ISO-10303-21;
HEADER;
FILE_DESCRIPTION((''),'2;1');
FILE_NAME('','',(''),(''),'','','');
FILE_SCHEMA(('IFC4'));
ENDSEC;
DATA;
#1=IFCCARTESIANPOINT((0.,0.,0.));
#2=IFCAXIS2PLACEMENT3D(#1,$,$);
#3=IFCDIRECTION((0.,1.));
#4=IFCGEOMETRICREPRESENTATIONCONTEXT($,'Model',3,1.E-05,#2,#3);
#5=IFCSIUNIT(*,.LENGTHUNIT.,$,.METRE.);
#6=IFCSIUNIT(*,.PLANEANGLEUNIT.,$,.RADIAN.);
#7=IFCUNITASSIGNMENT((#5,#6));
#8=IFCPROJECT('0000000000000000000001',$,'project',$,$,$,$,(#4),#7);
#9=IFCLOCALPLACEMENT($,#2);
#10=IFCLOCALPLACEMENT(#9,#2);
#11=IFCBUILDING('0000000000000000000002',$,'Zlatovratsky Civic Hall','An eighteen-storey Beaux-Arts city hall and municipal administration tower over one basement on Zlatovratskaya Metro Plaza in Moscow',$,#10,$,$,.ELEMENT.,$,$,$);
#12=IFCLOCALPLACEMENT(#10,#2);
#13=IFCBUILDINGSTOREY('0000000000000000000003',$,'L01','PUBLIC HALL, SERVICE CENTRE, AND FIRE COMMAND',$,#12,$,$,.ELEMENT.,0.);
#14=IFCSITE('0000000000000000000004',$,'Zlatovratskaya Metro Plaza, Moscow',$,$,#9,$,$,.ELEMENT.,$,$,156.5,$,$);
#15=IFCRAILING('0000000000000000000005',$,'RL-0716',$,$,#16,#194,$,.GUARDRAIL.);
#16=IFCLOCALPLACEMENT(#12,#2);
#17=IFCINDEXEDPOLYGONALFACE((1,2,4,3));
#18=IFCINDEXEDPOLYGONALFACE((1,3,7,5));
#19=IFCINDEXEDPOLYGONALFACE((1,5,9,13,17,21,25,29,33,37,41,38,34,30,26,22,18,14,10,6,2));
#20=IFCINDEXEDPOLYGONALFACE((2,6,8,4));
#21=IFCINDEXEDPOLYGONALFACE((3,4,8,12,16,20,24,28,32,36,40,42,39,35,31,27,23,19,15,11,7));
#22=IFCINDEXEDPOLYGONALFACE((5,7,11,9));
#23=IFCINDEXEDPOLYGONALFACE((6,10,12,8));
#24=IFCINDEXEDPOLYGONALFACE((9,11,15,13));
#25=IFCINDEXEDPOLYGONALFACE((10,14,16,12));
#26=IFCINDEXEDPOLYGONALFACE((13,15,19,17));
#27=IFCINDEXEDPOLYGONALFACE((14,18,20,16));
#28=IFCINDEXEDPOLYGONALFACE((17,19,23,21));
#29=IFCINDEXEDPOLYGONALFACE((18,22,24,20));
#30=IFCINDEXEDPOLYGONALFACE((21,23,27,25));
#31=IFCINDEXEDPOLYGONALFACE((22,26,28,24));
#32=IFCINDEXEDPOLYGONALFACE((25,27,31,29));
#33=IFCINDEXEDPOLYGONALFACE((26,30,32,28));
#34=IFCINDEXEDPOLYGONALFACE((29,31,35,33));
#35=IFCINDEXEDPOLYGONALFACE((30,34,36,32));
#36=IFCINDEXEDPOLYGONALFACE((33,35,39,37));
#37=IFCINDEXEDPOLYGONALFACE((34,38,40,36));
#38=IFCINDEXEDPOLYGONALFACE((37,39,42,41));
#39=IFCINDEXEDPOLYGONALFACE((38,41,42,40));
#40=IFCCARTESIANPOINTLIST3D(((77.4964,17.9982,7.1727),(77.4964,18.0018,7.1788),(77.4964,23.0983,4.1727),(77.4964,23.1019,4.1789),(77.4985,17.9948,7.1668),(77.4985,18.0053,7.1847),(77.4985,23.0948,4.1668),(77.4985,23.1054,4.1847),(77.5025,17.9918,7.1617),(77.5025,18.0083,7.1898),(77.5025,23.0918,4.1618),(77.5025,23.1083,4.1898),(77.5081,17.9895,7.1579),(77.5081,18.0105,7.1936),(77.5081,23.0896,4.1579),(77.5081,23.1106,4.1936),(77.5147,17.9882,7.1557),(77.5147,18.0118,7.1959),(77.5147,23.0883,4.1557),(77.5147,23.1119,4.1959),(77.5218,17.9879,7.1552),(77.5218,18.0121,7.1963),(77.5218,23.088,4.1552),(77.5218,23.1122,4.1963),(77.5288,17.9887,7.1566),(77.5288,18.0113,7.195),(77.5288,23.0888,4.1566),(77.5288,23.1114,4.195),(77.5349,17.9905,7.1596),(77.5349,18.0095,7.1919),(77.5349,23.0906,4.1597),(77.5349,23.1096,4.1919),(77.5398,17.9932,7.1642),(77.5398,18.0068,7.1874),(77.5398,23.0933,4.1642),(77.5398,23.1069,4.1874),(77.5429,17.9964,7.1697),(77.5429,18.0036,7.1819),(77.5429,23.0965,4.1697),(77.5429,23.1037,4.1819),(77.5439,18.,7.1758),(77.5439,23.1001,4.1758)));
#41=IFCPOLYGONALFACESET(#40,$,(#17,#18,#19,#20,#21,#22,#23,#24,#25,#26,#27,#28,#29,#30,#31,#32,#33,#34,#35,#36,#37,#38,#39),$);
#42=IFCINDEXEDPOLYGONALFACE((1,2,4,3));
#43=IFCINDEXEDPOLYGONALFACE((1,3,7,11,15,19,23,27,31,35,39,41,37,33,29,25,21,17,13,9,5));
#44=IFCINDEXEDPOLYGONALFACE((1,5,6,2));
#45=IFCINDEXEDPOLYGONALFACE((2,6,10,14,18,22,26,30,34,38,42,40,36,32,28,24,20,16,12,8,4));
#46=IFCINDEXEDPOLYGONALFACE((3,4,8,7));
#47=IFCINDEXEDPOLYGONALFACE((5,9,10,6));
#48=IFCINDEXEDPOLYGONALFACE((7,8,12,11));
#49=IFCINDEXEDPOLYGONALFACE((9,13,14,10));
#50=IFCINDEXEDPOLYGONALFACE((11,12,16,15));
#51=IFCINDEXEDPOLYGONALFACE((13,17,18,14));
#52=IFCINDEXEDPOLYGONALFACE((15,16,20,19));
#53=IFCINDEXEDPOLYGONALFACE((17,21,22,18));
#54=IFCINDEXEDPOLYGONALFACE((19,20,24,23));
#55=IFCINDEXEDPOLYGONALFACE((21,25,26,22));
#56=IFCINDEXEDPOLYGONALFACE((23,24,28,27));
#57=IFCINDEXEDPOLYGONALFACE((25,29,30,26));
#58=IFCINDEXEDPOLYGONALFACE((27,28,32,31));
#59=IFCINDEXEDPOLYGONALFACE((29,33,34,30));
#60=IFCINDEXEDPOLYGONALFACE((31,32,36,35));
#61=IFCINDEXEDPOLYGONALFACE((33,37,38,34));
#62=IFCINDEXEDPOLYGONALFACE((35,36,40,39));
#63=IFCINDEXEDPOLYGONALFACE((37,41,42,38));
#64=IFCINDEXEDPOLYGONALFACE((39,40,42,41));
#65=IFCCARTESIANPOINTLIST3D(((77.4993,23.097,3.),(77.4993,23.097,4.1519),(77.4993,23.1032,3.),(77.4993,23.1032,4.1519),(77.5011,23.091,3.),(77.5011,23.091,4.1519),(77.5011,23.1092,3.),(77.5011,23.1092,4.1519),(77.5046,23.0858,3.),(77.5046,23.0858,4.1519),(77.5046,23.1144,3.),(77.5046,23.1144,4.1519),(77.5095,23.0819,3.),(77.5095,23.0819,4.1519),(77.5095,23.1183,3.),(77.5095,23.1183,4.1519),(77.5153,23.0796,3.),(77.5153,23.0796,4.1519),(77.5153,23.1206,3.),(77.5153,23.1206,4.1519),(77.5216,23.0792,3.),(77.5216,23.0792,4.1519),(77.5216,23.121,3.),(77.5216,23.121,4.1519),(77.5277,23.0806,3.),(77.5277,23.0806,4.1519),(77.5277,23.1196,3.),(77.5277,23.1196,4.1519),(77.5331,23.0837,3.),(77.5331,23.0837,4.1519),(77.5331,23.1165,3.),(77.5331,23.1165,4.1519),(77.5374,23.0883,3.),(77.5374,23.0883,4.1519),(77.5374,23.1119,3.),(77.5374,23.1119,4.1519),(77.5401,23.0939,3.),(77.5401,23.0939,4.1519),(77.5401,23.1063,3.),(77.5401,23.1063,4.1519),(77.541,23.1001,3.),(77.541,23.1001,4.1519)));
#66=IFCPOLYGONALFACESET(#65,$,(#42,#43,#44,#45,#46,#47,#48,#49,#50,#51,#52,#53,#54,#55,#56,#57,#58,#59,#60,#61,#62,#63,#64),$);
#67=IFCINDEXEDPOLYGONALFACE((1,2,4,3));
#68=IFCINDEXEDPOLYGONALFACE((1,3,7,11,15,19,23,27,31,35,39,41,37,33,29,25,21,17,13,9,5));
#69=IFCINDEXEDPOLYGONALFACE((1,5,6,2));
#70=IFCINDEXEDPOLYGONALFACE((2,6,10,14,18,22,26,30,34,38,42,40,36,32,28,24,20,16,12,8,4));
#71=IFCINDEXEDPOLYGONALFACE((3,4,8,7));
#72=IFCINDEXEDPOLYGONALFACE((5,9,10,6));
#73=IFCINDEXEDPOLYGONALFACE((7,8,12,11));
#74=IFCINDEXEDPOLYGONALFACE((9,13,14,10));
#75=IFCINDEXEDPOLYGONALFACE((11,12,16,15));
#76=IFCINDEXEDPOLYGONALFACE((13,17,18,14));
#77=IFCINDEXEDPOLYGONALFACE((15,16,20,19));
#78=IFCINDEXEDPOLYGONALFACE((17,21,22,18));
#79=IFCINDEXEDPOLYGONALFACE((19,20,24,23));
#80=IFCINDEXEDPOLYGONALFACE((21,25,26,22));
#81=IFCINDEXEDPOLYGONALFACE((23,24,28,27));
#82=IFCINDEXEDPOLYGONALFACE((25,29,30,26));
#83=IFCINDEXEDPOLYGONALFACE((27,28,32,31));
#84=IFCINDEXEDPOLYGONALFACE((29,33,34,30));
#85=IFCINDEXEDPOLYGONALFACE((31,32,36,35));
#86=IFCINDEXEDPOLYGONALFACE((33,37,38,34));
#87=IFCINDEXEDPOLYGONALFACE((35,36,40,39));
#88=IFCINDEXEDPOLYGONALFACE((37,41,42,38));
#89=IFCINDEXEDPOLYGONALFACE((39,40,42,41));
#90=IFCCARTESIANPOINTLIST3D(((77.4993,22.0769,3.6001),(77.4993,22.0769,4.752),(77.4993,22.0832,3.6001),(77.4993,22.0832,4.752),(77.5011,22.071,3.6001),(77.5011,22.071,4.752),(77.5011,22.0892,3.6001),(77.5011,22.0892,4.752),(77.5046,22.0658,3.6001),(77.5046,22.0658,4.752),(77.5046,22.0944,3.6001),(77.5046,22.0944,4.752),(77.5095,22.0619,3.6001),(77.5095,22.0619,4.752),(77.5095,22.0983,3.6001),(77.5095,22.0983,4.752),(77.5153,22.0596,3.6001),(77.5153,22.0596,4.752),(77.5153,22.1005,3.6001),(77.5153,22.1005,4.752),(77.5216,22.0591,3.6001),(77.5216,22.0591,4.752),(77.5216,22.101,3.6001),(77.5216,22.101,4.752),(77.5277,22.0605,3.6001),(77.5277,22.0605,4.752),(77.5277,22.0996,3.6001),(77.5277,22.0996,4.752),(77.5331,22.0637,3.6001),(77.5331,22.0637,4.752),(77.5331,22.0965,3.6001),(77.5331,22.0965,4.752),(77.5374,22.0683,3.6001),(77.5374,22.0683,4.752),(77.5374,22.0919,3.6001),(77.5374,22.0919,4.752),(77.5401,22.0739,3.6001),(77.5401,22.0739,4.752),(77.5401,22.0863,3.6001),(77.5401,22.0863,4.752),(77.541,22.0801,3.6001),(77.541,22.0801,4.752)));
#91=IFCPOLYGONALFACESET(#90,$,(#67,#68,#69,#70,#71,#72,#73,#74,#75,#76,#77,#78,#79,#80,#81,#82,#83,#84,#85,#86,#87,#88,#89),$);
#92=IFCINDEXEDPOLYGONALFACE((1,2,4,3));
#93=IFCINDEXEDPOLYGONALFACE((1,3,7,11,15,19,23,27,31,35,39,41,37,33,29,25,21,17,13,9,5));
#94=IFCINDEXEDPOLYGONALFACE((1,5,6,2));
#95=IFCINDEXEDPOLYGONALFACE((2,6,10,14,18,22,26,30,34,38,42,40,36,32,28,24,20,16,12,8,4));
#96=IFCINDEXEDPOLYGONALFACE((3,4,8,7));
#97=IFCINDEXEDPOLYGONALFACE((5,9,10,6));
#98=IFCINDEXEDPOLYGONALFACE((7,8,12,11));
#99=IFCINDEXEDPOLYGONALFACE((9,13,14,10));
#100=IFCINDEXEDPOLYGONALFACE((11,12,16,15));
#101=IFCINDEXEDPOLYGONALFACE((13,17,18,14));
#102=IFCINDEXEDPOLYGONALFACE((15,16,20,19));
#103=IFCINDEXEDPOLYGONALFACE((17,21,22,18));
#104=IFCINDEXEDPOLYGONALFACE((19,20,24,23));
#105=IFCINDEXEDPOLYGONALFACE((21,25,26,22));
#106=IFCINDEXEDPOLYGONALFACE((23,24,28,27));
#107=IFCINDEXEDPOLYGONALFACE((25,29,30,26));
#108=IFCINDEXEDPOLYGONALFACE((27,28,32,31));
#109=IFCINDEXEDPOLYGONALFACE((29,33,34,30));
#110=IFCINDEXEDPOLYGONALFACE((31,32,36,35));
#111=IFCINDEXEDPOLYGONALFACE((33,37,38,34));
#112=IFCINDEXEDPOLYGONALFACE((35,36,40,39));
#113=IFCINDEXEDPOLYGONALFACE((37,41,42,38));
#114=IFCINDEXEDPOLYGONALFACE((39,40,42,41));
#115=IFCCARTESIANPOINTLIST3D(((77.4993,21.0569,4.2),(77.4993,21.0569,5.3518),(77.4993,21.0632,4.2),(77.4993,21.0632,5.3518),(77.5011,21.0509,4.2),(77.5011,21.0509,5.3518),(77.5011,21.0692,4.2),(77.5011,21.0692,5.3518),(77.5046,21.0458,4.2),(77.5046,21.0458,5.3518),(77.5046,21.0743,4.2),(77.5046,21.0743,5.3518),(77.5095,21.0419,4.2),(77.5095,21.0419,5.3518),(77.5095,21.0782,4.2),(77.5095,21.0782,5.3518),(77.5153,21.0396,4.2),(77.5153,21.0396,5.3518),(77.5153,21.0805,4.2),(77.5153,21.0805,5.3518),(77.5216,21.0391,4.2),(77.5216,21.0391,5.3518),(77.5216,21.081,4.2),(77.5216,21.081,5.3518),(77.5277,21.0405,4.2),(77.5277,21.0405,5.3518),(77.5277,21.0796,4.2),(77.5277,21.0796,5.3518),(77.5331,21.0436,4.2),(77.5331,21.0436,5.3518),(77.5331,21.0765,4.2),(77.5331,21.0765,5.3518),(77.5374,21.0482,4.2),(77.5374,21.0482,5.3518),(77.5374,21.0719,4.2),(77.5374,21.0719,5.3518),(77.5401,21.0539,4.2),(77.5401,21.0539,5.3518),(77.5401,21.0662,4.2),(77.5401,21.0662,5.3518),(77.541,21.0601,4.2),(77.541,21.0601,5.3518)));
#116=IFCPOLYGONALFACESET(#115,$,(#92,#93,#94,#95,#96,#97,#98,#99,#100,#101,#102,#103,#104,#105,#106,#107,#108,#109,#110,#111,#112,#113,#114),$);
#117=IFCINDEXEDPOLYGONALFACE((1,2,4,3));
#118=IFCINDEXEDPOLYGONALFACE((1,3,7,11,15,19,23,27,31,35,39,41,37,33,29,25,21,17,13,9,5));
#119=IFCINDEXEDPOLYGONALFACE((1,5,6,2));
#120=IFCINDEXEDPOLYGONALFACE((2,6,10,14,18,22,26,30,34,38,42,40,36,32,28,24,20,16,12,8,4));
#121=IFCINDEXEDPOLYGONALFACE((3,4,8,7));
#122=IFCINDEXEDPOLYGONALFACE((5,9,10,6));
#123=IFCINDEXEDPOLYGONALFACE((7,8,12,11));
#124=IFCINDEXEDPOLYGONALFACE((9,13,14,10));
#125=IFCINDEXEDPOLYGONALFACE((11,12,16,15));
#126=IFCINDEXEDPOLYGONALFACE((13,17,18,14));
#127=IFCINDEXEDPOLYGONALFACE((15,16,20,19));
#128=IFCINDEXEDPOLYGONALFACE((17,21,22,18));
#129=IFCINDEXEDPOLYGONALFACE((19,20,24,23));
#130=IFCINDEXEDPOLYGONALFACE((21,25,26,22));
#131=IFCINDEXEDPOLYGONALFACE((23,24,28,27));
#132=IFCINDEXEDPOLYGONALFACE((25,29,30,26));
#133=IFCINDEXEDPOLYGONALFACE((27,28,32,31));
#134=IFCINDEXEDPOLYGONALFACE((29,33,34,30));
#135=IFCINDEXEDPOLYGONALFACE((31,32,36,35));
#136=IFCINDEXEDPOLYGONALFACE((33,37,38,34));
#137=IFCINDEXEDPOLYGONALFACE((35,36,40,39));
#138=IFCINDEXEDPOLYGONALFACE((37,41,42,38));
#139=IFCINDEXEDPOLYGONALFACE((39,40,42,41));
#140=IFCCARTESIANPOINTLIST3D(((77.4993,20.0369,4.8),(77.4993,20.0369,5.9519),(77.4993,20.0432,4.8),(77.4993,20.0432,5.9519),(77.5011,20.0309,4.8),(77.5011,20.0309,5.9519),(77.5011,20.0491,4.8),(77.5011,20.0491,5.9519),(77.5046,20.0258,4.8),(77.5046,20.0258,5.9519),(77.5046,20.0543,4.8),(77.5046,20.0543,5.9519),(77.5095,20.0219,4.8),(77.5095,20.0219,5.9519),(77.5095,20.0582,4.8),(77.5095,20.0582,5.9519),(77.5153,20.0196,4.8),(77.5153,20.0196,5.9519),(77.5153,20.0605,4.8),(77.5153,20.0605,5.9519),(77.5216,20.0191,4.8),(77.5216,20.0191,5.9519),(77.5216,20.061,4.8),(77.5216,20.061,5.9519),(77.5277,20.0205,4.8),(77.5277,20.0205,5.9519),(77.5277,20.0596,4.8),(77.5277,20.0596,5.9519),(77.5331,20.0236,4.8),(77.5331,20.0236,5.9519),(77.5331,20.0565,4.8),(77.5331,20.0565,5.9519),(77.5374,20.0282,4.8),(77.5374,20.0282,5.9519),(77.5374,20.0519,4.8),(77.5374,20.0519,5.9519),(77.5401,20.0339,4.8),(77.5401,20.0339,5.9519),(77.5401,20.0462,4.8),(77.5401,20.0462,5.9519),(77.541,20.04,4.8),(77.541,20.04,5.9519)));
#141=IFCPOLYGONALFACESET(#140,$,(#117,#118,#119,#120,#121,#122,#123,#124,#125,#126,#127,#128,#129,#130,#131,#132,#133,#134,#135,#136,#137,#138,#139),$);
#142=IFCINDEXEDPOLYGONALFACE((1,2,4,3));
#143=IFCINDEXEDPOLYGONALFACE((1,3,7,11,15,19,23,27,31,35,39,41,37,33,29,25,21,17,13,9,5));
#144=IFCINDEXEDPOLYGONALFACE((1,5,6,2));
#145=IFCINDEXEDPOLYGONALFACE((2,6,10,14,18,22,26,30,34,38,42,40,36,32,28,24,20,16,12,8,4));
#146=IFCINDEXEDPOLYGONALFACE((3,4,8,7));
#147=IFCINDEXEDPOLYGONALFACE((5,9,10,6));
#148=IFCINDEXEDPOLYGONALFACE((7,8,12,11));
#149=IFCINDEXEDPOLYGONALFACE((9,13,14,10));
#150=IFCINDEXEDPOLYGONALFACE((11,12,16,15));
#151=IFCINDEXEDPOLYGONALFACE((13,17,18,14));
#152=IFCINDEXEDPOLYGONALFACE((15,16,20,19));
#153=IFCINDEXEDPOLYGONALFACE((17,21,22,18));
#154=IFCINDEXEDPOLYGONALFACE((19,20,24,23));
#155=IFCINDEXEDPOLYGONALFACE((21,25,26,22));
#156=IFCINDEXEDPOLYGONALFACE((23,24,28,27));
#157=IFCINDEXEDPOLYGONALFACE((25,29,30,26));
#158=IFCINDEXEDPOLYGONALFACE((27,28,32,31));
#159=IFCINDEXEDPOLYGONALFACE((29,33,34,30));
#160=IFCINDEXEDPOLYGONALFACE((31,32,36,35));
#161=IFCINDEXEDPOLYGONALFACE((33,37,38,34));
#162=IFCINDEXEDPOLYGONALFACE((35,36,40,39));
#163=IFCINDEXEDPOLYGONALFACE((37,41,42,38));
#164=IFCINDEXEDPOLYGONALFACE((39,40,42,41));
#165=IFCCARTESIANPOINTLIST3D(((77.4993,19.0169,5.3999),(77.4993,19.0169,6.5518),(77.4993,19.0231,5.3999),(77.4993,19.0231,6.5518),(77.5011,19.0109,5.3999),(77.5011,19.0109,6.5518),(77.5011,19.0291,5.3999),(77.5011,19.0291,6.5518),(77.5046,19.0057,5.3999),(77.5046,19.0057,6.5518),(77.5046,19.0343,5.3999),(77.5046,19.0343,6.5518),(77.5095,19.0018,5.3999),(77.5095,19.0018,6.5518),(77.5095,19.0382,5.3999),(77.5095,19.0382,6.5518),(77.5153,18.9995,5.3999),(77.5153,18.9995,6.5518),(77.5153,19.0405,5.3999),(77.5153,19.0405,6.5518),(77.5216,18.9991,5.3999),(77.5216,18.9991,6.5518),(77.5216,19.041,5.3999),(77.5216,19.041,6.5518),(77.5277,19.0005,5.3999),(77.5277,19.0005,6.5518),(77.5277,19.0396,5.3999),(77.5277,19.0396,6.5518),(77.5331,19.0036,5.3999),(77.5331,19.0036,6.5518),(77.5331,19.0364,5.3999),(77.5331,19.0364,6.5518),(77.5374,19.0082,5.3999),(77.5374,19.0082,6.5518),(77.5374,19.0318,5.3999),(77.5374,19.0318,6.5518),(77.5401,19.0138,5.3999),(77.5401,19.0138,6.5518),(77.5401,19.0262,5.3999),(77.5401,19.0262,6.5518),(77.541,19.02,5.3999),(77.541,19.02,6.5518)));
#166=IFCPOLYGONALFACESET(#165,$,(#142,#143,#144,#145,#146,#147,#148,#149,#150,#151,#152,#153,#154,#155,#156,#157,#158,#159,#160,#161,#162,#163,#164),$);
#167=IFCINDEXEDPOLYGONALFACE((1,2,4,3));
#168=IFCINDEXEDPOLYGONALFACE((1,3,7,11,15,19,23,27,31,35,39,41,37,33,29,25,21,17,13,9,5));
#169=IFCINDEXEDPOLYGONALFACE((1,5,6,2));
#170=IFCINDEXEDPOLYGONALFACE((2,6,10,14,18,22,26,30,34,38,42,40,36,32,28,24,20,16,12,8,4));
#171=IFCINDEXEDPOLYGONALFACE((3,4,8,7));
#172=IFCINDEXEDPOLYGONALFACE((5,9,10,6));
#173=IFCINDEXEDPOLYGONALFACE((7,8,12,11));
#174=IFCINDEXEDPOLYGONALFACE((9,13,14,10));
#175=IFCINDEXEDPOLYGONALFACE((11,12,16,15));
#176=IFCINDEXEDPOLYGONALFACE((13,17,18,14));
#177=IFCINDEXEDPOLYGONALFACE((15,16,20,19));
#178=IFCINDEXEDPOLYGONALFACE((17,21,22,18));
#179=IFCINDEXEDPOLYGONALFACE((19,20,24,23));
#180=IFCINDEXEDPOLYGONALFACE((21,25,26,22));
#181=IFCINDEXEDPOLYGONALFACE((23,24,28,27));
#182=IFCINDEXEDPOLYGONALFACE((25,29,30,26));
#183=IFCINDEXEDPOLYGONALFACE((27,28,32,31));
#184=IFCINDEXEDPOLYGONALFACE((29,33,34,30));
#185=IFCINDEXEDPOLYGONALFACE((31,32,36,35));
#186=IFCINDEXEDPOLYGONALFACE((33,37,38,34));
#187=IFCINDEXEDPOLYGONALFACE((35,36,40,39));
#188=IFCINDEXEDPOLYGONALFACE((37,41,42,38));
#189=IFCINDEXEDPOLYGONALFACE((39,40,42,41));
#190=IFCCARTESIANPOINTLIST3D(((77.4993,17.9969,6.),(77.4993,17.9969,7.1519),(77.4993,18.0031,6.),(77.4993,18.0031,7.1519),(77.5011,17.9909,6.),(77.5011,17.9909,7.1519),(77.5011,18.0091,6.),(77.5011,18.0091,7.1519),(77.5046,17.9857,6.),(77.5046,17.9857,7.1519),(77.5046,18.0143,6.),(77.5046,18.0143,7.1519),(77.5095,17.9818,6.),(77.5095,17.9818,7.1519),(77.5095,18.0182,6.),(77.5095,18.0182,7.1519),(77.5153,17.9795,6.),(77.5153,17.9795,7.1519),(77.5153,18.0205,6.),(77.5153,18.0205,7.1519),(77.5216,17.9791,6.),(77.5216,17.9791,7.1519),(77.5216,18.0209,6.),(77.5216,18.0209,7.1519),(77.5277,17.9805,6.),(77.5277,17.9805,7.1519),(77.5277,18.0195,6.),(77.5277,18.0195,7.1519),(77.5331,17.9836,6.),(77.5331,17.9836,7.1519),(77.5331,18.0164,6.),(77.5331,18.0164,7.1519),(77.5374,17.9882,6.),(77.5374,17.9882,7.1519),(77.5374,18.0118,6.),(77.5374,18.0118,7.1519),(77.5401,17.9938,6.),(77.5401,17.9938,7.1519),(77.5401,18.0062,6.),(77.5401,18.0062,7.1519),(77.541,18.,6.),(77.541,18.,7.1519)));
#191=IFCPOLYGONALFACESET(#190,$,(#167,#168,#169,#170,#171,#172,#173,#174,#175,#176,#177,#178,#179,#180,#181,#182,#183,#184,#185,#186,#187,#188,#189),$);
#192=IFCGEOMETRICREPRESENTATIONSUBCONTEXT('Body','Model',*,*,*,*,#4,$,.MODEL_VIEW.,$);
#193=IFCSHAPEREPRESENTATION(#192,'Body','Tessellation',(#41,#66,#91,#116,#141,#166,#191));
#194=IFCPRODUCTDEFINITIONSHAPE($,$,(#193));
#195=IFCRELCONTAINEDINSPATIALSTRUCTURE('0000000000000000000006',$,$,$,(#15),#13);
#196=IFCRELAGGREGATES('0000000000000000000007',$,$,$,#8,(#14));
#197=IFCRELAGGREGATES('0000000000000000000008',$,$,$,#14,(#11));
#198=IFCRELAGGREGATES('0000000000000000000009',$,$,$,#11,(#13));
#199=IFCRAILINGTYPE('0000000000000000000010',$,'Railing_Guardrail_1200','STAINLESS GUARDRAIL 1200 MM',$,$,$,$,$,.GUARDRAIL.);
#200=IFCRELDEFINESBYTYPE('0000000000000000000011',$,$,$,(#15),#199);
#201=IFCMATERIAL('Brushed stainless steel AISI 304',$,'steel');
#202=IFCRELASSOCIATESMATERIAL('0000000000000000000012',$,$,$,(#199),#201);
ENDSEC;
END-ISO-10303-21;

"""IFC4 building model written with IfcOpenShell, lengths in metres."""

from ifc_helpers import new_model, si_unit, direction, frame, origin, origin_2d, place, context, subcontext, project, spatial, circle, extrude, material, type_object, element, save


model = new_model("IFC4")

# Units and contexts
model_context = context("Model", 3, precision=1e-05, world=origin(), true_north=direction((0.0, 1.0)))
body_context = subcontext(model_context, "Body", "Model", "MODEL_VIEW")
ifc_project = project(units=[si_unit("LENGTHUNIT", "METRE"), si_unit("PLANEANGLEUNIT", "RADIAN")], contexts=[model_context])

# Site, building, storey
site_placement = place(None, origin())
site = spatial("IfcSite", under=ifc_project, at=site_placement, Name="Zlatovratskaya Metro Plaza, Moscow", CompositionType="ELEMENT", RefElevation=156.5)
building_placement = place(site_placement, origin())
building = spatial("IfcBuilding", under=site, at=building_placement, Name="Zlatovratsky Civic Hall", Description="An eighteen-storey Beaux-Arts city hall and municipal administration tower over one basement on Zlatovratskaya Metro Plaza in Moscow", CompositionType="ELEMENT")
storey_placement = place(building_placement, origin())
storey = spatial("IfcBuildingStorey", under=building, at=storey_placement, Name="L01", Description="PUBLIC HALL, SERVICE CENTRE, AND FIRE COMMAND", CompositionType="ELEMENT", Elevation=0.0)

# Railing
ifc_material_1 = material(Name="Brushed stainless steel AISI 304", Category="steel")
railing_type_1 = type_object("IfcRailingType", Name="Railing_Guardrail_1200", Description="STAINLESS GUARDRAIL 1200 MM", PredefinedType="GUARDRAIL", material=ifc_material_1)
railing_1_placement = place(storey_placement, frame((77.52, 23.1001, 3.0)))
element("IfcRailing", 1, at=railing_1_placement, inside=storey, type_object=railing_type_1, Name="RL-0716", PredefinedType="GUARDRAIL", context=body_context, shape_type="SweptSolid", body=[
    extrude(circle(Radius=0.0239, at=origin_2d()), frame((0.0, 0.0, 1.1758), z_axis=(0.0, -0.861938, 0.507013), x_axis=(1.0, 0.0, 0.0)), (0.0, 0.0, 1.0), 5.917),
    extrude(circle(Radius=0.021, at=origin_2d()), origin(), (0.0, 0.0, 1.0), 1.1519),
    extrude(circle(Radius=0.021, at=origin_2d()), frame((0.0, -1.02, 0.6001)), (0.0, 0.0, 1.0), 1.1519),
    extrude(circle(Radius=0.021, at=origin_2d()), frame((0.0, -2.04, 1.2)), (0.0, 0.0, 1.0), 1.1519),
    extrude(circle(Radius=0.021, at=origin_2d()), frame((0.0, -3.0601, 1.8)), (0.0, 0.0, 1.0), 1.1519),
    extrude(circle(Radius=0.021, at=origin_2d()), frame((0.0, -4.0801, 2.3999)), (0.0, 0.0, 1.0), 1.1519),
    extrude(circle(Radius=0.021, at=origin_2d()), frame((0.0, -5.1001, 3.0)), (0.0, 0.0, 1.0), 1.1519),
])

save(model, "model.ifc")
